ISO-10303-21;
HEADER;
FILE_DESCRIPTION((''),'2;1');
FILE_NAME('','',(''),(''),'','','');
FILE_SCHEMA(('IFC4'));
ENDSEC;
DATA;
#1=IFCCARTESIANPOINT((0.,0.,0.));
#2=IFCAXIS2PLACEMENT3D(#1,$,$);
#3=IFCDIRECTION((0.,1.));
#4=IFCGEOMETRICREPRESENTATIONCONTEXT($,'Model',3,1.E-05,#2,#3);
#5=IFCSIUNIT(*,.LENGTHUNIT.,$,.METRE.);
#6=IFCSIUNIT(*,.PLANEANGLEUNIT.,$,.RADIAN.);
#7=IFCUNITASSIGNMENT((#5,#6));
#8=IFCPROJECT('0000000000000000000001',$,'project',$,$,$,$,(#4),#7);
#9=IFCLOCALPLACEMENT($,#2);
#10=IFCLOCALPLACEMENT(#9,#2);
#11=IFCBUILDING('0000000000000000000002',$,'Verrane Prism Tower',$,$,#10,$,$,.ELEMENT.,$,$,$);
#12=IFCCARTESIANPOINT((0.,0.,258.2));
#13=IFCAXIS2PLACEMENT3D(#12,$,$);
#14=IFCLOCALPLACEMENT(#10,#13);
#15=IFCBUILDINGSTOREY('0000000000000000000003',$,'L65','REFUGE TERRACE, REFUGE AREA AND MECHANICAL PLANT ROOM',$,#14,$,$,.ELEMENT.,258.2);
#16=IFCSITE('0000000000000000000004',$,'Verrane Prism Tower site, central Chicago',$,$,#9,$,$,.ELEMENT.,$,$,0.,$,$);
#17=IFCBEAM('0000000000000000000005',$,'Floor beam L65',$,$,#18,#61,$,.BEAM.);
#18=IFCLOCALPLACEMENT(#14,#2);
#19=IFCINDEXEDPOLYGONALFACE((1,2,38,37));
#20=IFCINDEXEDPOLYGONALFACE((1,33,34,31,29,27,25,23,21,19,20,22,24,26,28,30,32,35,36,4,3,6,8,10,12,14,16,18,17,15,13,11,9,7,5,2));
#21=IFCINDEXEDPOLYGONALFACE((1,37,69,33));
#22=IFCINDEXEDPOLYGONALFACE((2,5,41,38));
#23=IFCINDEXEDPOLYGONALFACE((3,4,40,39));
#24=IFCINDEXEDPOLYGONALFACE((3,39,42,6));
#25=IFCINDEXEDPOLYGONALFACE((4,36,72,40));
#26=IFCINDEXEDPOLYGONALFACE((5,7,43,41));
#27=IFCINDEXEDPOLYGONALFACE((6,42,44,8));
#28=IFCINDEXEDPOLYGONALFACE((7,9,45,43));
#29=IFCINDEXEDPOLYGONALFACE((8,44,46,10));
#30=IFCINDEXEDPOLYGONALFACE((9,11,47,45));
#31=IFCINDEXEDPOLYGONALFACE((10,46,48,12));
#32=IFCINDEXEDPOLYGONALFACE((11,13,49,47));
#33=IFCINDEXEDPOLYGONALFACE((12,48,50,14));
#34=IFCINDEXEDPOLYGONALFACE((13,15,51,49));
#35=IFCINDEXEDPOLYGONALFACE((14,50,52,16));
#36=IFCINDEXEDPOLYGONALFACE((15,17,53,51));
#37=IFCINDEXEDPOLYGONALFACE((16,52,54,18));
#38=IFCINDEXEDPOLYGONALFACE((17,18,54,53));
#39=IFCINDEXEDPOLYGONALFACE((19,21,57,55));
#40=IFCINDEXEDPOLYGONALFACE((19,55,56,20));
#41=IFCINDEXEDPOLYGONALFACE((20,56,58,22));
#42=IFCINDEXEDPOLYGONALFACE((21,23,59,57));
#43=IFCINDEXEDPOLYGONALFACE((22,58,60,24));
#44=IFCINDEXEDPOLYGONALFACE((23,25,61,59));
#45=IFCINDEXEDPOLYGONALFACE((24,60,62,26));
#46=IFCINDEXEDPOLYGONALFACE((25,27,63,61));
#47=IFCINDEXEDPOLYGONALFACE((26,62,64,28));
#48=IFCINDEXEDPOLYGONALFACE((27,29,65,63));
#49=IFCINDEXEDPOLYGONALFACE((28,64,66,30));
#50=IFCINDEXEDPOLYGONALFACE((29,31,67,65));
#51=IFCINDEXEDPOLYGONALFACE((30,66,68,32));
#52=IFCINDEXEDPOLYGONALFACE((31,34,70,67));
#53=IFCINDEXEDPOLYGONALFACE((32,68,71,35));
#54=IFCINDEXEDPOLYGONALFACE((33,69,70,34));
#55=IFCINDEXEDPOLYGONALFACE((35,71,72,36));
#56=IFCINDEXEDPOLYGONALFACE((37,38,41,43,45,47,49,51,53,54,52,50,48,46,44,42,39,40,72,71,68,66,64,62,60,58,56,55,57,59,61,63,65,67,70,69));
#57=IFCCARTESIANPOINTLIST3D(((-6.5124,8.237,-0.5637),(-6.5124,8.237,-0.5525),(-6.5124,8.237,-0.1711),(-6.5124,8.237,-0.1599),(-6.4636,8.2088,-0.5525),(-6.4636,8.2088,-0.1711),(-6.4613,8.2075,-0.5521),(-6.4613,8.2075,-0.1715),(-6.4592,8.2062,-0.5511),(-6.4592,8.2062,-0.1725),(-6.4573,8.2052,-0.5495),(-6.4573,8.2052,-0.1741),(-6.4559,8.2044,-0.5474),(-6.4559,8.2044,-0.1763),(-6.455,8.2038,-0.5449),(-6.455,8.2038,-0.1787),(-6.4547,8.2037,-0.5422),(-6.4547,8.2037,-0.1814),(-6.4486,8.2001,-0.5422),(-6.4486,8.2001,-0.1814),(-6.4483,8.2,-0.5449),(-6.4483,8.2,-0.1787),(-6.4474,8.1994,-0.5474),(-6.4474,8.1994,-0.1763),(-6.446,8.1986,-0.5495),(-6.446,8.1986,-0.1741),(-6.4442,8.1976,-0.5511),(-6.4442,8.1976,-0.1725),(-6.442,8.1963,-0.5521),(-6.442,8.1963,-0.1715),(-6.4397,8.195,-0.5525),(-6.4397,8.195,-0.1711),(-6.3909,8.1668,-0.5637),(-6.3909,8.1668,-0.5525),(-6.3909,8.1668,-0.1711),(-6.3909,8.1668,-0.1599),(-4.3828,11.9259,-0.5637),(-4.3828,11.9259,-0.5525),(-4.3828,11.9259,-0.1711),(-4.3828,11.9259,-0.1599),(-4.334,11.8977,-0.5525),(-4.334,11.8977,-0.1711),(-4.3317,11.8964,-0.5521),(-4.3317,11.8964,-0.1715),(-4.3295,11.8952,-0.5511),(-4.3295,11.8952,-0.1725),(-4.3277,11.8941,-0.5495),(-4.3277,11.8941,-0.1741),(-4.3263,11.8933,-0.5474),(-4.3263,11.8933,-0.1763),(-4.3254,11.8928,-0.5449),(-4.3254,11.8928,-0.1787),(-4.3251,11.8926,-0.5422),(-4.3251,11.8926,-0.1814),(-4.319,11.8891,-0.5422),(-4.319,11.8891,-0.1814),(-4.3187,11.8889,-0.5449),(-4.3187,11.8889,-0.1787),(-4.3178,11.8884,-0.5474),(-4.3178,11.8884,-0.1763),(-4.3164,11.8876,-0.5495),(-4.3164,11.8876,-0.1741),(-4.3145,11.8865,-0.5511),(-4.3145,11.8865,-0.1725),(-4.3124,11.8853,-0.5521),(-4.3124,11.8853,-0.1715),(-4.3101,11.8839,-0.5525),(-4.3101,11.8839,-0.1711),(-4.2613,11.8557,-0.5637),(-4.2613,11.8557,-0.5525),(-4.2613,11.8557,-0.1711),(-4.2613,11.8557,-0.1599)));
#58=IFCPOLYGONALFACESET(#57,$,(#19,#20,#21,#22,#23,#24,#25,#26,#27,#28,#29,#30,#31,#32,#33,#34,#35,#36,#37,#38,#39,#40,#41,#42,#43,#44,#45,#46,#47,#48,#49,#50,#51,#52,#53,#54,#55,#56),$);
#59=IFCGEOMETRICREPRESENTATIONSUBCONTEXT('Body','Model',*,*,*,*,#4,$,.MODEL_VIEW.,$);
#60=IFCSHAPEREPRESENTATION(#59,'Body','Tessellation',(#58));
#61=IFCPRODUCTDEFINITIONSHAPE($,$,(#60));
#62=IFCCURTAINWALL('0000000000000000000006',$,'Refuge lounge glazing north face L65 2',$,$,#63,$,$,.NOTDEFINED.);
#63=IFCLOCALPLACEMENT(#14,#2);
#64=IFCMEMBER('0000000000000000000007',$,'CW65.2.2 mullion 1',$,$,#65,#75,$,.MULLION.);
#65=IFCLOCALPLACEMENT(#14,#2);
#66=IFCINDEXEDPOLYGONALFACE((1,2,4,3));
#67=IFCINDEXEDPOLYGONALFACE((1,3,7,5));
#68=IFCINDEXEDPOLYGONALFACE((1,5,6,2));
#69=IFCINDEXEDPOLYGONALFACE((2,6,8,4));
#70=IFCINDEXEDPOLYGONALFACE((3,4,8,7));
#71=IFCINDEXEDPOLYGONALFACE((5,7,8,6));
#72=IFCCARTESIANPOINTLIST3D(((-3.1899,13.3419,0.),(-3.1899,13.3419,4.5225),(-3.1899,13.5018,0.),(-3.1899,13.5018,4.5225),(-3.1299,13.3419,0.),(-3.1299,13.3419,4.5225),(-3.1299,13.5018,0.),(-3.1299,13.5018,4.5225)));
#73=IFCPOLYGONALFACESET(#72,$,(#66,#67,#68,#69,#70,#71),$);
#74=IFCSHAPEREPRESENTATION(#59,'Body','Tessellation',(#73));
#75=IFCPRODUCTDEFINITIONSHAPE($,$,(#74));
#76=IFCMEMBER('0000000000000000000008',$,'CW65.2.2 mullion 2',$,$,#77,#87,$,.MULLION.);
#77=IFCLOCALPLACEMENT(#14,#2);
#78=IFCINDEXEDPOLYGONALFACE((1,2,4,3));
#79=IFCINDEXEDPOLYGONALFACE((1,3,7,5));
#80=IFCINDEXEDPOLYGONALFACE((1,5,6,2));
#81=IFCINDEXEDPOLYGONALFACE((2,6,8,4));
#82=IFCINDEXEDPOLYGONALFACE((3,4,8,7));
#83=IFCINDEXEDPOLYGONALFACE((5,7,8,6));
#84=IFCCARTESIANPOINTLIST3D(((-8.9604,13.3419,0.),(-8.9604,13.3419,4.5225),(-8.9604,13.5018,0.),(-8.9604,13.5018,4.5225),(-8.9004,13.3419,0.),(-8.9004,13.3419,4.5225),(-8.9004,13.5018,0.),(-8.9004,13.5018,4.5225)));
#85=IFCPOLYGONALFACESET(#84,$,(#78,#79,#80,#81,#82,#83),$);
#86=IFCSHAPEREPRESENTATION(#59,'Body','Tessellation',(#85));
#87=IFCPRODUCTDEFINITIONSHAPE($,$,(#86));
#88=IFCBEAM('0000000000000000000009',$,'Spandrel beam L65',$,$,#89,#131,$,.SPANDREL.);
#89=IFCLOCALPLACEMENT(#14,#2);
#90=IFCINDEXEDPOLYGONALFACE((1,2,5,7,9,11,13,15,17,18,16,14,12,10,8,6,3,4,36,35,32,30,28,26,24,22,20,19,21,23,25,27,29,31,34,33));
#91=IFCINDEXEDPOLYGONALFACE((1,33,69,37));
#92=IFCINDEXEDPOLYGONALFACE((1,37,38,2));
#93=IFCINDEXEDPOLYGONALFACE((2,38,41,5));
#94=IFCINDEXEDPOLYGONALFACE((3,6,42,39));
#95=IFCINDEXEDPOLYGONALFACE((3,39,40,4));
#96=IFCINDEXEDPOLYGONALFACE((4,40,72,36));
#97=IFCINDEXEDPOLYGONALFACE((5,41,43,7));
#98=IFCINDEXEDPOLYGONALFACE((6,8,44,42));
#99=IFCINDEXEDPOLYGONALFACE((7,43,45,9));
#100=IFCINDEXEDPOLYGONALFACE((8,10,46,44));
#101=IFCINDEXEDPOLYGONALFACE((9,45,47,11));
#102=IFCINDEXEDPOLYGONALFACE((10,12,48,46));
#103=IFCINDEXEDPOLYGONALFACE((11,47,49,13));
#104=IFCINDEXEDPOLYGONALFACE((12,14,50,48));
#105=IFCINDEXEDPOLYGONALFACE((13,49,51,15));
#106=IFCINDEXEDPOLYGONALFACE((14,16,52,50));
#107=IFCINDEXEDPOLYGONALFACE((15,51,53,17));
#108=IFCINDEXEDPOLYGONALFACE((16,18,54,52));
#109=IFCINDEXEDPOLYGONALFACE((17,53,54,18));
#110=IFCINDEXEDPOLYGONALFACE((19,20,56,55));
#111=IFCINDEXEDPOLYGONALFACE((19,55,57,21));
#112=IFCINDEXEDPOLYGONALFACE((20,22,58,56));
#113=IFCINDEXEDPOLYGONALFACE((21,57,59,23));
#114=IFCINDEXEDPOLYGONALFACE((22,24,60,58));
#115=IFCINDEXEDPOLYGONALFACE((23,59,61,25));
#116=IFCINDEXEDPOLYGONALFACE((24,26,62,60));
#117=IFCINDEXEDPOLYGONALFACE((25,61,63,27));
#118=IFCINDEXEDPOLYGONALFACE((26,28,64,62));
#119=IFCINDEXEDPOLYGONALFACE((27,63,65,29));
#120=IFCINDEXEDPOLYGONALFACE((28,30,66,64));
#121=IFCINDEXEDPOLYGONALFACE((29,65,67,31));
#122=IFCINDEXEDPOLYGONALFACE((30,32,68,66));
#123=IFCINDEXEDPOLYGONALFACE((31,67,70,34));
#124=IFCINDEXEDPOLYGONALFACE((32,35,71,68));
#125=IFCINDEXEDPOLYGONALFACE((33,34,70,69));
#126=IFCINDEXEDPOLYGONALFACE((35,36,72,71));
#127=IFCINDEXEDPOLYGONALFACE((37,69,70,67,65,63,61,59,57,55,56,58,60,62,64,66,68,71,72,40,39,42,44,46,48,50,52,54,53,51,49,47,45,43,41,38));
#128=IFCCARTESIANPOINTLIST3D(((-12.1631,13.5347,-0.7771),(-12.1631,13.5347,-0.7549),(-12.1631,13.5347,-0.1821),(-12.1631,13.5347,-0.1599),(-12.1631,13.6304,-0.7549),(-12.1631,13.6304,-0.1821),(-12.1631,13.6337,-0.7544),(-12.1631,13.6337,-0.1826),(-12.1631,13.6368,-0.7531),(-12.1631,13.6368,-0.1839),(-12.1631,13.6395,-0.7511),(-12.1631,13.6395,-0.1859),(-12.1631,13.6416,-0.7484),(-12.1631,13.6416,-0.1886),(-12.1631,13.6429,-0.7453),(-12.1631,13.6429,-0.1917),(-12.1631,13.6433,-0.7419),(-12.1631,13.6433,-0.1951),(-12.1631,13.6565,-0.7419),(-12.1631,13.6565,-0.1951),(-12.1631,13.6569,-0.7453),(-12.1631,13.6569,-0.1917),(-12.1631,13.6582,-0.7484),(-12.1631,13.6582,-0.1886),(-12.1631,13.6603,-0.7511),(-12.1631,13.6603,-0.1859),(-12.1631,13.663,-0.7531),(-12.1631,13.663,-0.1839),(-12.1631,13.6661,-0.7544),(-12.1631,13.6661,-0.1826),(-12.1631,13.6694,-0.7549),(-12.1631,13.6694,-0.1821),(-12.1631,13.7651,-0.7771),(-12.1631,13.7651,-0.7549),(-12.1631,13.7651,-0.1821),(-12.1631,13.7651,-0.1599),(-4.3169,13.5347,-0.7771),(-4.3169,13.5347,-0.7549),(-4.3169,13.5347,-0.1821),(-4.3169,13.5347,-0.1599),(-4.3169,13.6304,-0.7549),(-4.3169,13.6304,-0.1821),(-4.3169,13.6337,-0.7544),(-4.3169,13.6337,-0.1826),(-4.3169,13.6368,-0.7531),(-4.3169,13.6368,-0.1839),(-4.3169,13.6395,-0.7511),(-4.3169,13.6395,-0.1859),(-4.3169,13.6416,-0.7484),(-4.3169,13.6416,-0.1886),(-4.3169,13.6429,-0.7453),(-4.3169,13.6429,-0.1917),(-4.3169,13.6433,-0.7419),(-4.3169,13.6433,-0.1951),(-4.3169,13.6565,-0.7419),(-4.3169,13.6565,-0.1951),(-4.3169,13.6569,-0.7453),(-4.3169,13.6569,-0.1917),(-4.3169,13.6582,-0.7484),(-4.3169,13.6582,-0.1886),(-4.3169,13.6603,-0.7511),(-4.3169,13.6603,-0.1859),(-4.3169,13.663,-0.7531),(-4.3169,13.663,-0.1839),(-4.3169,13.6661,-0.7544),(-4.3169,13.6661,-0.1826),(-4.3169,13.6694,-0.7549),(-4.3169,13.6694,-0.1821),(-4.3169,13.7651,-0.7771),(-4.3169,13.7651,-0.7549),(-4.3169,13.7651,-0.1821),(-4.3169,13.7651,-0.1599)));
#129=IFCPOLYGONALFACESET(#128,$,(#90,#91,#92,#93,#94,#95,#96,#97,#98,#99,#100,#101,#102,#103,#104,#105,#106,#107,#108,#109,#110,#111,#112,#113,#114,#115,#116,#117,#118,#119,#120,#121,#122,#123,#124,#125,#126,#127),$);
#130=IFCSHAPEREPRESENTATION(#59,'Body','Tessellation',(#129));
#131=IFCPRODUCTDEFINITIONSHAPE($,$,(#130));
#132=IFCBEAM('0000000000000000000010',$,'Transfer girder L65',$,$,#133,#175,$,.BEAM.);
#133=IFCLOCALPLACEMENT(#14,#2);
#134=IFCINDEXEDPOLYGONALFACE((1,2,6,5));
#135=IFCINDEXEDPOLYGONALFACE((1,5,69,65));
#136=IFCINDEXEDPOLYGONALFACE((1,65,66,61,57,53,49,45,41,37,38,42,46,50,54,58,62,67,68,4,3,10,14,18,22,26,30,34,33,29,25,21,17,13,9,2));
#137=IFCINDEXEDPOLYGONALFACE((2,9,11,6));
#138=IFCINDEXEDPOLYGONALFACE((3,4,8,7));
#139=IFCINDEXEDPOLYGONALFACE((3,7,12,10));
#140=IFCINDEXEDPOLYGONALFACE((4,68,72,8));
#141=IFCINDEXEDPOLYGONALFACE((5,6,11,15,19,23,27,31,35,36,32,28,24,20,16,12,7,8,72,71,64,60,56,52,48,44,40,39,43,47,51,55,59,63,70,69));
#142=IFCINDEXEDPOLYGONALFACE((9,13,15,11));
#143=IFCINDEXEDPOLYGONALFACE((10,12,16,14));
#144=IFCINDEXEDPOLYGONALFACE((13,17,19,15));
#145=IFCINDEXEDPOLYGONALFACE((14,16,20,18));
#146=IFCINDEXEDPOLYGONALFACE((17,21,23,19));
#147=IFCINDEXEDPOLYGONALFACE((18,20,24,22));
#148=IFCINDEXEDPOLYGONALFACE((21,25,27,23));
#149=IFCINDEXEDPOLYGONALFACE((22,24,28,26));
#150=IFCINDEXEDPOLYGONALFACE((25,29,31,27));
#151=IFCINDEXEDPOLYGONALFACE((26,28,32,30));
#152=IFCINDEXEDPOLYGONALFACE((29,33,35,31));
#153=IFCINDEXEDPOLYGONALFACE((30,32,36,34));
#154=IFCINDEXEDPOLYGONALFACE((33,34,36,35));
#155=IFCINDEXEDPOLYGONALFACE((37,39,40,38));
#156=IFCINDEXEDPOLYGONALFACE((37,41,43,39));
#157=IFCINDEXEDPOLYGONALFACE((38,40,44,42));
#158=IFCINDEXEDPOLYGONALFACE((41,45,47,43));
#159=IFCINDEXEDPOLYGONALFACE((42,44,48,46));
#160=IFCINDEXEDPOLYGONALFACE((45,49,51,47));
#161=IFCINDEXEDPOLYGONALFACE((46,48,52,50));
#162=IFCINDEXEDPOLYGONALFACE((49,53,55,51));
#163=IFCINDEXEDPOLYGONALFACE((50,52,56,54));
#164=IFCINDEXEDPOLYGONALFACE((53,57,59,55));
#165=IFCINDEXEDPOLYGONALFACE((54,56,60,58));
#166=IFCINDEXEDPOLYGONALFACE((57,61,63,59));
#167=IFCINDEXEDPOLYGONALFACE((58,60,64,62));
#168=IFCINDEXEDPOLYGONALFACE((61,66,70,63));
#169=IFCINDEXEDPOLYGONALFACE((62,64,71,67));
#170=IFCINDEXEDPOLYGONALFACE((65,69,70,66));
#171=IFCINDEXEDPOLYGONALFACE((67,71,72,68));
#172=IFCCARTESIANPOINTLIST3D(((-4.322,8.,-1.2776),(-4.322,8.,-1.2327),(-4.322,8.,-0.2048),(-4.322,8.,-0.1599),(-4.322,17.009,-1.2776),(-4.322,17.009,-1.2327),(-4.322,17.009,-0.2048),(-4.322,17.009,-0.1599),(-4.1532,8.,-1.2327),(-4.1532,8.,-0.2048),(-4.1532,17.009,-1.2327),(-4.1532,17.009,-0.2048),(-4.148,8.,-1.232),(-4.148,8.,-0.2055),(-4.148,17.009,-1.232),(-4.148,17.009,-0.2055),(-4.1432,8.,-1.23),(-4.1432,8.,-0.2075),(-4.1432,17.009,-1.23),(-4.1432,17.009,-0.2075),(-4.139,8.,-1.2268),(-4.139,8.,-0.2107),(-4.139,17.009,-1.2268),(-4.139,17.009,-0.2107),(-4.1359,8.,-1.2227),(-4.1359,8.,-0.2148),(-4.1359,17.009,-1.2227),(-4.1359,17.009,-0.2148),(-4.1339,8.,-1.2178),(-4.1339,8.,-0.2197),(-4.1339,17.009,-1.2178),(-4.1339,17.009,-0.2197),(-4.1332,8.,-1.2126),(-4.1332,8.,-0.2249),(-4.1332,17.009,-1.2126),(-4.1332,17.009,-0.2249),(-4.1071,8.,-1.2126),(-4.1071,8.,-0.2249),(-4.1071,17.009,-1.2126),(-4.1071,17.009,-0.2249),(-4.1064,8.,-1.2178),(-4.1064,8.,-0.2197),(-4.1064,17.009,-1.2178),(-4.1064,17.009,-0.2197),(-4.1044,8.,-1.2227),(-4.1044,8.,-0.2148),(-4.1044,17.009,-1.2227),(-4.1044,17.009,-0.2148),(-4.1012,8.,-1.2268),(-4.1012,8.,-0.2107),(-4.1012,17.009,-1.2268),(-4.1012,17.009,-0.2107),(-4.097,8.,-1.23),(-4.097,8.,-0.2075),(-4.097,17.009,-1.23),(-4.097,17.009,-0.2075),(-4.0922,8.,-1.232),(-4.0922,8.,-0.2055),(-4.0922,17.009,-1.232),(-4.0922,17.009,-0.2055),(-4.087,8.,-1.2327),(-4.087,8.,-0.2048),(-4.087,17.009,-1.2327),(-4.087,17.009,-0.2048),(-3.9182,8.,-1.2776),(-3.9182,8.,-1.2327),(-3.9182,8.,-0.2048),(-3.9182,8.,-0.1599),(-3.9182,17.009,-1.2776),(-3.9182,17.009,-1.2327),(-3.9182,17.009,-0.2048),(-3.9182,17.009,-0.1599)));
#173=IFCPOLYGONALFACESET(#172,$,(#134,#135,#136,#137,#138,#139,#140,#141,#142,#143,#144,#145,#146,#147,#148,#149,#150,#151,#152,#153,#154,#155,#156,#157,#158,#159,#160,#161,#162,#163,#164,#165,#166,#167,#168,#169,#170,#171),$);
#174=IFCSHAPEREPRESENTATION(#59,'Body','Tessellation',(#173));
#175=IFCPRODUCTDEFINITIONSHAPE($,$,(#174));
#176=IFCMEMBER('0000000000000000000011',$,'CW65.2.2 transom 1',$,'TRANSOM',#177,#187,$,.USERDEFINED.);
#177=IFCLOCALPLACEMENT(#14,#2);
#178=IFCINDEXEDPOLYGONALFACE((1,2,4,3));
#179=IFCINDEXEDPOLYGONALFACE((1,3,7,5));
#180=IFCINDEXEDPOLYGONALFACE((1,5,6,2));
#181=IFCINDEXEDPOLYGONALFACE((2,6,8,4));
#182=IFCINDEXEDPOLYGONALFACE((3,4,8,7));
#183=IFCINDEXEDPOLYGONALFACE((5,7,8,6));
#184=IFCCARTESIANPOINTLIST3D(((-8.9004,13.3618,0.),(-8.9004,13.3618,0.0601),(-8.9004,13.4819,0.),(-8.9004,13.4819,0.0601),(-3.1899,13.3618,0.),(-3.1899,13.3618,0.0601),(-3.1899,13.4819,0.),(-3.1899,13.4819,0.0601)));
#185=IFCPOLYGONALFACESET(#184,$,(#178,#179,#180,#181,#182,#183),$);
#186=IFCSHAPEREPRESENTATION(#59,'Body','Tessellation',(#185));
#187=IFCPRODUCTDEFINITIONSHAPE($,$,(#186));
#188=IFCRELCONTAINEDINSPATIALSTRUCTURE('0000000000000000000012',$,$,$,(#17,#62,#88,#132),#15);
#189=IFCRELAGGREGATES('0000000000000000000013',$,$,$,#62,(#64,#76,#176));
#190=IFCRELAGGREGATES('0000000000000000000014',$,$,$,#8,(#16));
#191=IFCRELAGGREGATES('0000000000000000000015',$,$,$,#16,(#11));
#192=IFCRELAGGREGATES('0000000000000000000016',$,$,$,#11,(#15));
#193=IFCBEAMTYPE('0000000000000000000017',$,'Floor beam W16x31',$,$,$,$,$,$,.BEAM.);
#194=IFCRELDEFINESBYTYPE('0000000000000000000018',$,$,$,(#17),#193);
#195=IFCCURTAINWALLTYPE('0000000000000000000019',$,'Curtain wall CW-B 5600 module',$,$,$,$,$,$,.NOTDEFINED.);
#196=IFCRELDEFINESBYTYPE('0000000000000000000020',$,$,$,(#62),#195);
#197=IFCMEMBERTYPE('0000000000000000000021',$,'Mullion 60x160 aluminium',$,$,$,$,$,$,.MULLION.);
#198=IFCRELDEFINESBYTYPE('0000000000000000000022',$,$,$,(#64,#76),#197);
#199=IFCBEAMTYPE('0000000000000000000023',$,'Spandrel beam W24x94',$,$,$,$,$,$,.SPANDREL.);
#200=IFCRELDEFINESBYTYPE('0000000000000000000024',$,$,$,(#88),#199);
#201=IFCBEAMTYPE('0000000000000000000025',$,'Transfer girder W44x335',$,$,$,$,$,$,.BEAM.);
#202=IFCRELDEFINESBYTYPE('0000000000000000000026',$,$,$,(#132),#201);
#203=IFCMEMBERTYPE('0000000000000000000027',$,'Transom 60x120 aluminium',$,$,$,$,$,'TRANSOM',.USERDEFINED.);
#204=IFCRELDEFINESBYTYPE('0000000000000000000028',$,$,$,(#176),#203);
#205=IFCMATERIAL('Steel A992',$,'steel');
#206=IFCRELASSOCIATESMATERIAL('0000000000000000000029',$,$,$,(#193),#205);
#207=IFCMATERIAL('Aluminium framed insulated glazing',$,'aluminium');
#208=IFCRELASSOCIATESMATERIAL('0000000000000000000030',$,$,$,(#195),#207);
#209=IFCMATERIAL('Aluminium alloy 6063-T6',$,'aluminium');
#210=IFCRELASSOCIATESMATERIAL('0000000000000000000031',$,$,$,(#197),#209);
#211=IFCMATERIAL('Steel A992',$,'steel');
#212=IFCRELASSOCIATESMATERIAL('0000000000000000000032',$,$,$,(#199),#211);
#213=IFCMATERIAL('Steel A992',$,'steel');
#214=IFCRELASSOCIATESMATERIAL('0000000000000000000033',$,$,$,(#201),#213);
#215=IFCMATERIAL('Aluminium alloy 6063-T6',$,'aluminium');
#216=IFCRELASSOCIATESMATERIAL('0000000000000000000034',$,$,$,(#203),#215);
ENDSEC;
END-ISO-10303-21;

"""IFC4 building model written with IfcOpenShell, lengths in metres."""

from ifc_helpers import new_model, si_unit, direction, frame, origin, origin_2d, place, context, subcontext, project, spatial, rectangle, i_section, extrude, material, material_profile, profile_set, type_object, element, aggregate, save


model = new_model("IFC4")

# Units and contexts
model_context = context("Model", 3, precision=1e-05, world=origin(), true_north=direction((0.0, 1.0)))
body_context = subcontext(model_context, "Body", "Model", "MODEL_VIEW")
ifc_project = project(units=[si_unit("LENGTHUNIT", "METRE"), si_unit("PLANEANGLEUNIT", "RADIAN")], contexts=[model_context])

# Site, building, storey
site_placement = place(None, origin())
site = spatial("IfcSite", under=ifc_project, at=site_placement, Name="Verrane Prism Tower site, central Chicago", CompositionType="ELEMENT", RefElevation=0.0)
building_placement = place(site_placement, origin())
building = spatial("IfcBuilding", under=site, at=building_placement, Name="Verrane Prism Tower", CompositionType="ELEMENT")
storey_placement = place(building_placement, frame((0.0, 0.0, 258.2)))
storey = spatial("IfcBuildingStorey", under=building, at=storey_placement, Name="L65", Description="REFUGE TERRACE, REFUGE AREA AND MECHANICAL PLANT ROOM", CompositionType="ELEMENT", Elevation=258.2)

# Beam
ifc_material_1 = material(Name="Steel A992", Category="steel")
ifc_material_profile_1 = material_profile(ifc_material_1, i_section(OverallWidth=0.1404, OverallDepth=0.4038, WebThickness=0.0071, FlangeThickness=0.0112, FilletRadius=0.0103, at=origin_2d()), Name="W16x31")
ifc_profile_set_1 = profile_set([ifc_material_profile_1], Name="Steel A992")
beam_type_1 = type_object("IfcBeamType", Name="Floor beam W16x31", PredefinedType="BEAM", material=ifc_profile_set_1)
for number, where, z_axis, x_axis, name in (
    (1, (-6.4517, 8.2019, -0.3618), (0.499967, 0.866044, 0.0), (-0.866044, 0.499967, 0.0), "Floor beam L65"),
):
    element("IfcBeam", number, at=place(storey_placement, frame(where, z_axis=z_axis, x_axis=x_axis)), inside=storey, type_object=beam_type_1, Name=name, PredefinedType="BEAM", context=body_context, shape_type="SweptSolid", body=[
        extrude(i_section(OverallWidth=0.1404, OverallDepth=0.4038, WebThickness=0.0071, FlangeThickness=0.0112, FilletRadius=0.0103, at=origin_2d()), origin(), (0.0, 0.0, 1.0), 4.2595),
    ])

# Curtain wall, members
ifc_material_2 = material(Name="Aluminium framed insulated glazing", Category="aluminium")
curtain_wall_type = type_object("IfcCurtainWallType", Name="Curtain wall CW-B 5600 module", PredefinedType="NOTDEFINED", material=ifc_material_2)
curtain_wall_placement = place(storey_placement, origin())
curtain_wall = element("IfcCurtainWall", 2, at=curtain_wall_placement, inside=storey, type_object=curtain_wall_type, Name="Refuge lounge glazing north face L65 2", PredefinedType="NOTDEFINED")
ifc_material_3 = material(Name="Aluminium alloy 6063-T6", Category="aluminium")
ifc_material_profile_2 = material_profile(ifc_material_3, rectangle(XDim=0.1599, YDim=0.0601, at=origin_2d()), Name="Mullion 60x160 aluminium")
ifc_profile_set_2 = profile_set([ifc_material_profile_2], Name="Aluminium alloy 6063-T6")
member_type_1 = type_object("IfcMemberType", Name="Mullion 60x160 aluminium", PredefinedType="MULLION", material=ifc_profile_set_2)
member_1_placement = place(storey_placement, frame((-3.1599, 13.4219, 0.0), z_axis=(0.0, 0.0, 1.0), x_axis=(0.0, -1.0, 0.0)))
member_1 = element("IfcMember", 3, at=member_1_placement, type_object=member_type_1, Name="CW65.2.2 mullion 1", PredefinedType="MULLION", context=body_context, shape_type="SweptSolid", body=[
    extrude(rectangle(XDim=0.1599, YDim=0.0601, at=origin_2d()), origin(), (0.0, 0.0, 1.0), 4.5225),
])
member_2_placement = place(storey_placement, frame((-8.9304, 13.4219, 0.0), z_axis=(0.0, 0.0, 1.0), x_axis=(0.0, -1.0, 0.0)))
member_2 = element("IfcMember", 4, at=member_2_placement, type_object=member_type_1, Name="CW65.2.2 mullion 2", PredefinedType="MULLION", context=body_context, shape_type="SweptSolid", body=[
    extrude(rectangle(XDim=0.1599, YDim=0.0601, at=origin_2d()), origin(), (0.0, 0.0, 1.0), 4.5225),
])

# Beams
ifc_material_4 = material(Name="Steel A992", Category="steel")
ifc_material_profile_3 = material_profile(ifc_material_4, i_section(OverallWidth=0.2305, OverallDepth=0.6172, WebThickness=0.0132, FlangeThickness=0.0222, FilletRadius=0.0129, at=origin_2d()), Name="W24x94")
ifc_profile_set_3 = profile_set([ifc_material_profile_3], Name="Steel A992")
beam_type_2 = type_object("IfcBeamType", Name="Spandrel beam W24x94", PredefinedType="SPANDREL", material=ifc_profile_set_3)
beam_1_placement = place(storey_placement, frame((-4.3169, 13.6499, -0.4685), z_axis=(-1.0, 0.0, 0.0), x_axis=(0.0, -1.0, 0.0)))
element("IfcBeam", 5, at=beam_1_placement, inside=storey, type_object=beam_type_2, Name="Spandrel beam L65", PredefinedType="SPANDREL", context=body_context, shape_type="SweptSolid", body=[
    extrude(i_section(OverallWidth=0.2305, OverallDepth=0.6172, WebThickness=0.0132, FlangeThickness=0.0222, FilletRadius=0.0129, at=origin_2d()), origin(), (0.0, 0.0, 1.0), 7.8462),
])
ifc_material_5 = material(Name="Steel A992", Category="steel")
ifc_material_profile_4 = material_profile(ifc_material_5, i_section(OverallWidth=0.4038, OverallDepth=1.1177, WebThickness=0.0261, FlangeThickness=0.0449, FilletRadius=0.02, at=origin_2d()), Name="W44x335")
ifc_profile_set_4 = profile_set([ifc_material_profile_4], Name="Steel A992")
beam_type_3 = type_object("IfcBeamType", Name="Transfer girder W44x335", PredefinedType="BEAM", material=ifc_profile_set_4)
beam_2_placement = place(storey_placement, frame((-4.1201, 17.009, -0.7188), z_axis=(0.0, -1.0, 0.0), x_axis=(1.0, 0.0, 0.0)))
element("IfcBeam", 6, at=beam_2_placement, inside=storey, type_object=beam_type_3, Name="Transfer girder L65", PredefinedType="BEAM", context=body_context, shape_type="SweptSolid", body=[
    extrude(i_section(OverallWidth=0.4038, OverallDepth=1.1177, WebThickness=0.0261, FlangeThickness=0.0449, FilletRadius=0.02, at=origin_2d()), origin(), (0.0, 0.0, 1.0), 9.009),
])

# Member
ifc_material_6 = material(Name="Aluminium alloy 6063-T6", Category="aluminium")
ifc_material_profile_5 = material_profile(ifc_material_6, rectangle(XDim=0.1201, YDim=0.0601, at=origin_2d()), Name="Transom 60x120 aluminium")
ifc_profile_set_5 = profile_set([ifc_material_profile_5], Name="Aluminium alloy 6063-T6")
member_type_2 = type_object("IfcMemberType", Name="Transom 60x120 aluminium", ElementType="TRANSOM", PredefinedType="USERDEFINED", material=ifc_profile_set_5)
member_3_placement = place(storey_placement, frame((-3.1899, 13.4219, 0.03), z_axis=(-1.0, 0.0, 0.0), x_axis=(0.0, -1.0, 0.0)))
member_3 = element("IfcMember", 7, at=member_3_placement, type_object=member_type_2, Name="CW65.2.2 transom 1", ObjectType="TRANSOM", PredefinedType="USERDEFINED", context=body_context, shape_type="SweptSolid", body=[
    extrude(rectangle(XDim=0.1201, YDim=0.0601, at=origin_2d()), origin(), (0.0, 0.0, 1.0), 5.7104),
])

aggregate(curtain_wall, [member_1, member_2, member_3])

save(model, "model.ifc")
